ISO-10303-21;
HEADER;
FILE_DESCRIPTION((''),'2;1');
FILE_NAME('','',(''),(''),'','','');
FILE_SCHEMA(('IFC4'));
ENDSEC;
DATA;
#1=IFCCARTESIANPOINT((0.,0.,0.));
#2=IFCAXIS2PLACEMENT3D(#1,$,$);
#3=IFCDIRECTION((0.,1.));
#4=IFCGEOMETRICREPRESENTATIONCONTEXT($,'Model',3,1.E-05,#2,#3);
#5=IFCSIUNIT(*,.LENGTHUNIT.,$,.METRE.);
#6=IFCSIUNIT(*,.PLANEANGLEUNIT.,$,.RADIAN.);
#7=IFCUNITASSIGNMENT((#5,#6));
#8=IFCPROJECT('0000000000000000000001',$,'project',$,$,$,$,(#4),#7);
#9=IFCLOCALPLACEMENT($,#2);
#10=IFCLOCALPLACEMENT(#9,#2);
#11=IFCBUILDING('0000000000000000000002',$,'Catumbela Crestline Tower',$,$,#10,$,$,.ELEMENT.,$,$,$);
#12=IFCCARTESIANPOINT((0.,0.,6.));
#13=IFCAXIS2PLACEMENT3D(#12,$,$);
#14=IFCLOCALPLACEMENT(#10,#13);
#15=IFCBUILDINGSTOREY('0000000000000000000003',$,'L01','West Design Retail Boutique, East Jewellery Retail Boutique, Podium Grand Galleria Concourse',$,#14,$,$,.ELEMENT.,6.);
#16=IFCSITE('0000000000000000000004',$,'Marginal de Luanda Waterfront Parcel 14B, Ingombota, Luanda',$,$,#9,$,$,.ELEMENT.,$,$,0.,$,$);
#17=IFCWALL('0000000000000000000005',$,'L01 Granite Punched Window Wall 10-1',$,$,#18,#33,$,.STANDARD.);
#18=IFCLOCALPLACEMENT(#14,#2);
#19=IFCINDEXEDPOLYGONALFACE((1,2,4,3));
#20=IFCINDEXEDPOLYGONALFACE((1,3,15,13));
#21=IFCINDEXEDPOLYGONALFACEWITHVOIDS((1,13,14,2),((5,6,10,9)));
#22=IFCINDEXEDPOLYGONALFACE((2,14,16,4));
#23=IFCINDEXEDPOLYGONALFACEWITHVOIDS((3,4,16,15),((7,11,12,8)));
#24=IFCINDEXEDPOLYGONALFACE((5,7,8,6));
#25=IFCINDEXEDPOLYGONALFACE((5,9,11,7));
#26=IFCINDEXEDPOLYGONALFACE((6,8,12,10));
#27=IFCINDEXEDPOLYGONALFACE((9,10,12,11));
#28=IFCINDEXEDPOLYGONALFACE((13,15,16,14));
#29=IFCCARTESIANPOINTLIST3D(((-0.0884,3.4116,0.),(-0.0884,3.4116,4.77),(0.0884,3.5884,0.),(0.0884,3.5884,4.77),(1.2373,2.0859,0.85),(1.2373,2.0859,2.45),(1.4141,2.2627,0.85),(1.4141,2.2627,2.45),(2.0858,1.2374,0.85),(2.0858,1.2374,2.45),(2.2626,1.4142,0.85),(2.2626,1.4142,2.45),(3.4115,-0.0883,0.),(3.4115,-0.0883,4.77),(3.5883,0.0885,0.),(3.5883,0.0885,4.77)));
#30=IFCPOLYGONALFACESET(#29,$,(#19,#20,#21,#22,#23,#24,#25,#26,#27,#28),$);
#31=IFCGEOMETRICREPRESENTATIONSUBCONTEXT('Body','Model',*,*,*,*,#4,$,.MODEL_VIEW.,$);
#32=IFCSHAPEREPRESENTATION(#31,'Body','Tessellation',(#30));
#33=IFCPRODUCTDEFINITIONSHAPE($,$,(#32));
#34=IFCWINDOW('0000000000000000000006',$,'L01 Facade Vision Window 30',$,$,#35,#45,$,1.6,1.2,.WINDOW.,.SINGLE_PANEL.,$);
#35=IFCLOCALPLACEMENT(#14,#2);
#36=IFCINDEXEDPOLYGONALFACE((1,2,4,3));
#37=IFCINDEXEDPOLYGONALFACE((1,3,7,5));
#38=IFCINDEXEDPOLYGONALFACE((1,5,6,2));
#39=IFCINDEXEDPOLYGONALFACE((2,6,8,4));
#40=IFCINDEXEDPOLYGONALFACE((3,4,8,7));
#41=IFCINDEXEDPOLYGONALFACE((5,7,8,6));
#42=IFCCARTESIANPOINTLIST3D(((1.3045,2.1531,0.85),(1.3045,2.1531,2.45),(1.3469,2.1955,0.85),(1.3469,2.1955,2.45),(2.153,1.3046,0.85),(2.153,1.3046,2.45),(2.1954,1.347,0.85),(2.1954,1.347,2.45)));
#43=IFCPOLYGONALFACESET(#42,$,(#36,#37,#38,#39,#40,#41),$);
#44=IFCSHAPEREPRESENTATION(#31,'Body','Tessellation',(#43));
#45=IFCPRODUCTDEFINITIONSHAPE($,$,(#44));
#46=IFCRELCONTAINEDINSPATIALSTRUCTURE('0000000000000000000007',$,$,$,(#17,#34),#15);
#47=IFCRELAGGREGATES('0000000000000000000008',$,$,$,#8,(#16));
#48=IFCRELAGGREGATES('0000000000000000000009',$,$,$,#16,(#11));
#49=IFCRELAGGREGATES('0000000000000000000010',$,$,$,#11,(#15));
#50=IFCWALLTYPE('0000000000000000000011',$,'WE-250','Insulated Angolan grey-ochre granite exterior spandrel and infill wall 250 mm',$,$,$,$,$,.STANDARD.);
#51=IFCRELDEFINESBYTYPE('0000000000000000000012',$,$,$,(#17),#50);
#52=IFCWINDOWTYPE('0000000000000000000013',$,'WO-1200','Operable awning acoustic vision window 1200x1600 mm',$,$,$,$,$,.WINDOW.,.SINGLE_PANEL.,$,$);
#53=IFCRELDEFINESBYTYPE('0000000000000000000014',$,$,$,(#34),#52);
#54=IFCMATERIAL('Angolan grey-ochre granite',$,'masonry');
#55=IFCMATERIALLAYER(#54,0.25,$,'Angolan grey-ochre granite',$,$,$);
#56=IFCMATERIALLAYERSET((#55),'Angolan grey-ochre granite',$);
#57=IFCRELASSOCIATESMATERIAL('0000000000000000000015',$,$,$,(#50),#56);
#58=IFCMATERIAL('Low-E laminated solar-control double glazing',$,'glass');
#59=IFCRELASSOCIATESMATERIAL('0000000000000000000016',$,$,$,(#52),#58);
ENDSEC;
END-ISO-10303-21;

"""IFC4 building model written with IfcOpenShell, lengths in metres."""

from ifc_helpers import new_model, si_unit, direction, frame, frame_2d, origin, place, context, subcontext, project, spatial, rectangle, extrude, material, layer, layer_set, type_object, element, fill, save


model = new_model("IFC4")

# Units and contexts
model_context = context("Model", 3, precision=1e-05, world=origin(), true_north=direction((0.0, 1.0)))
body_context = subcontext(model_context, "Body", "Model", "MODEL_VIEW")
ifc_project = project(units=[si_unit("LENGTHUNIT", "METRE"), si_unit("PLANEANGLEUNIT", "RADIAN")], contexts=[model_context])

# Site, building, storey
site_placement = place(None, origin())
site = spatial("IfcSite", under=ifc_project, at=site_placement, Name="Marginal de Luanda Waterfront Parcel 14B, Ingombota, Luanda", CompositionType="ELEMENT", RefElevation=0.0)
building_placement = place(site_placement, origin())
building = spatial("IfcBuilding", under=site, at=building_placement, Name="Catumbela Crestline Tower", CompositionType="ELEMENT")
storey_placement = place(building_placement, frame((0.0, 0.0, 6.0)))
storey = spatial("IfcBuildingStorey", under=building, at=storey_placement, Name="L01", Description="West Design Retail Boutique, East Jewellery Retail Boutique, Podium Grand Galleria Concourse", CompositionType="ELEMENT", Elevation=6.0)

# Shared definitions
ifc_material_1 = material(Name="Low-E laminated solar-control double glazing", Category="glass")

# Wall, opening, window
ifc_material_2 = material(Name="Angolan grey-ochre granite", Category="masonry")
ifc_layer_1 = layer(ifc_material_2, 0.25, Name="Angolan grey-ochre granite")
ifc_layer_set_1 = layer_set([ifc_layer_1], Name="Angolan grey-ochre granite")
wall_type = type_object("IfcWallType", Name="WE-250", Description="Insulated Angolan grey-ochre granite exterior spandrel and infill wall 250 mm", PredefinedType="STANDARD", material=ifc_layer_set_1)
window_type = type_object("IfcWindowType", Name="WO-1200", Description="Operable awning acoustic vision window 1200x1600 mm", PartitioningType="SINGLE_PANEL", PredefinedType="WINDOW", material=ifc_material_1)
wall_1_placement = place(storey_placement, frame((0.0, 3.5, 0.0), z_axis=(0.0, 0.0, 1.0), x_axis=(0.707107, -0.707107, 0.0)))
wall_1 = element("IfcWall", 1, at=wall_1_placement, inside=storey, type_object=wall_type, Name="L01 Granite Punched Window Wall 10-1", PredefinedType="STANDARD", context=body_context, shape_type="SweptSolid", body=[
    extrude(rectangle(XDim=4.9497, YDim=0.25, at=frame_2d((2.4748, 0.0))), origin(), (0.0, 0.0, 1.0), 4.77),
])
opening_1_placement = place(wall_1_placement, frame((1.8748, 0.0, 0.85)))
opening_1 = element("IfcOpeningElement", 2, at=opening_1_placement, cuts=wall_1, PredefinedType="OPENING", context=body_context, shape_type="SweptSolid", body=[
    extrude(rectangle(XDim=1.2, YDim=1.6, at=frame_2d((0.6, 0.8))), frame((0.0, 0.135, 0.0), z_axis=(0.0, -1.0, 0.0), x_axis=(1.0, 0.0, 0.0)), (0.0, 0.0, 1.0), 0.27),
])
window_1_placement = place(opening_1_placement, origin())
window_1 = element("IfcWindow", 3, at=window_1_placement, inside=storey, type_object=window_type, Name="L01 Facade Vision Window 30", OverallHeight=1.6, OverallWidth=1.2, PartitioningType="SINGLE_PANEL", PredefinedType="WINDOW", context=body_context, shape_type="SweptSolid", body=[
    extrude(rectangle(XDim=1.2, YDim=1.6, at=frame_2d((0.6, 0.8))), frame((0.0, 0.03, 0.0), z_axis=(0.0, -1.0, 0.0), x_axis=(1.0, 0.0, 0.0)), (0.0, 0.0, 1.0), 0.06),
])
fill(opening_1, window_1)

save(model, "model.ifc")
